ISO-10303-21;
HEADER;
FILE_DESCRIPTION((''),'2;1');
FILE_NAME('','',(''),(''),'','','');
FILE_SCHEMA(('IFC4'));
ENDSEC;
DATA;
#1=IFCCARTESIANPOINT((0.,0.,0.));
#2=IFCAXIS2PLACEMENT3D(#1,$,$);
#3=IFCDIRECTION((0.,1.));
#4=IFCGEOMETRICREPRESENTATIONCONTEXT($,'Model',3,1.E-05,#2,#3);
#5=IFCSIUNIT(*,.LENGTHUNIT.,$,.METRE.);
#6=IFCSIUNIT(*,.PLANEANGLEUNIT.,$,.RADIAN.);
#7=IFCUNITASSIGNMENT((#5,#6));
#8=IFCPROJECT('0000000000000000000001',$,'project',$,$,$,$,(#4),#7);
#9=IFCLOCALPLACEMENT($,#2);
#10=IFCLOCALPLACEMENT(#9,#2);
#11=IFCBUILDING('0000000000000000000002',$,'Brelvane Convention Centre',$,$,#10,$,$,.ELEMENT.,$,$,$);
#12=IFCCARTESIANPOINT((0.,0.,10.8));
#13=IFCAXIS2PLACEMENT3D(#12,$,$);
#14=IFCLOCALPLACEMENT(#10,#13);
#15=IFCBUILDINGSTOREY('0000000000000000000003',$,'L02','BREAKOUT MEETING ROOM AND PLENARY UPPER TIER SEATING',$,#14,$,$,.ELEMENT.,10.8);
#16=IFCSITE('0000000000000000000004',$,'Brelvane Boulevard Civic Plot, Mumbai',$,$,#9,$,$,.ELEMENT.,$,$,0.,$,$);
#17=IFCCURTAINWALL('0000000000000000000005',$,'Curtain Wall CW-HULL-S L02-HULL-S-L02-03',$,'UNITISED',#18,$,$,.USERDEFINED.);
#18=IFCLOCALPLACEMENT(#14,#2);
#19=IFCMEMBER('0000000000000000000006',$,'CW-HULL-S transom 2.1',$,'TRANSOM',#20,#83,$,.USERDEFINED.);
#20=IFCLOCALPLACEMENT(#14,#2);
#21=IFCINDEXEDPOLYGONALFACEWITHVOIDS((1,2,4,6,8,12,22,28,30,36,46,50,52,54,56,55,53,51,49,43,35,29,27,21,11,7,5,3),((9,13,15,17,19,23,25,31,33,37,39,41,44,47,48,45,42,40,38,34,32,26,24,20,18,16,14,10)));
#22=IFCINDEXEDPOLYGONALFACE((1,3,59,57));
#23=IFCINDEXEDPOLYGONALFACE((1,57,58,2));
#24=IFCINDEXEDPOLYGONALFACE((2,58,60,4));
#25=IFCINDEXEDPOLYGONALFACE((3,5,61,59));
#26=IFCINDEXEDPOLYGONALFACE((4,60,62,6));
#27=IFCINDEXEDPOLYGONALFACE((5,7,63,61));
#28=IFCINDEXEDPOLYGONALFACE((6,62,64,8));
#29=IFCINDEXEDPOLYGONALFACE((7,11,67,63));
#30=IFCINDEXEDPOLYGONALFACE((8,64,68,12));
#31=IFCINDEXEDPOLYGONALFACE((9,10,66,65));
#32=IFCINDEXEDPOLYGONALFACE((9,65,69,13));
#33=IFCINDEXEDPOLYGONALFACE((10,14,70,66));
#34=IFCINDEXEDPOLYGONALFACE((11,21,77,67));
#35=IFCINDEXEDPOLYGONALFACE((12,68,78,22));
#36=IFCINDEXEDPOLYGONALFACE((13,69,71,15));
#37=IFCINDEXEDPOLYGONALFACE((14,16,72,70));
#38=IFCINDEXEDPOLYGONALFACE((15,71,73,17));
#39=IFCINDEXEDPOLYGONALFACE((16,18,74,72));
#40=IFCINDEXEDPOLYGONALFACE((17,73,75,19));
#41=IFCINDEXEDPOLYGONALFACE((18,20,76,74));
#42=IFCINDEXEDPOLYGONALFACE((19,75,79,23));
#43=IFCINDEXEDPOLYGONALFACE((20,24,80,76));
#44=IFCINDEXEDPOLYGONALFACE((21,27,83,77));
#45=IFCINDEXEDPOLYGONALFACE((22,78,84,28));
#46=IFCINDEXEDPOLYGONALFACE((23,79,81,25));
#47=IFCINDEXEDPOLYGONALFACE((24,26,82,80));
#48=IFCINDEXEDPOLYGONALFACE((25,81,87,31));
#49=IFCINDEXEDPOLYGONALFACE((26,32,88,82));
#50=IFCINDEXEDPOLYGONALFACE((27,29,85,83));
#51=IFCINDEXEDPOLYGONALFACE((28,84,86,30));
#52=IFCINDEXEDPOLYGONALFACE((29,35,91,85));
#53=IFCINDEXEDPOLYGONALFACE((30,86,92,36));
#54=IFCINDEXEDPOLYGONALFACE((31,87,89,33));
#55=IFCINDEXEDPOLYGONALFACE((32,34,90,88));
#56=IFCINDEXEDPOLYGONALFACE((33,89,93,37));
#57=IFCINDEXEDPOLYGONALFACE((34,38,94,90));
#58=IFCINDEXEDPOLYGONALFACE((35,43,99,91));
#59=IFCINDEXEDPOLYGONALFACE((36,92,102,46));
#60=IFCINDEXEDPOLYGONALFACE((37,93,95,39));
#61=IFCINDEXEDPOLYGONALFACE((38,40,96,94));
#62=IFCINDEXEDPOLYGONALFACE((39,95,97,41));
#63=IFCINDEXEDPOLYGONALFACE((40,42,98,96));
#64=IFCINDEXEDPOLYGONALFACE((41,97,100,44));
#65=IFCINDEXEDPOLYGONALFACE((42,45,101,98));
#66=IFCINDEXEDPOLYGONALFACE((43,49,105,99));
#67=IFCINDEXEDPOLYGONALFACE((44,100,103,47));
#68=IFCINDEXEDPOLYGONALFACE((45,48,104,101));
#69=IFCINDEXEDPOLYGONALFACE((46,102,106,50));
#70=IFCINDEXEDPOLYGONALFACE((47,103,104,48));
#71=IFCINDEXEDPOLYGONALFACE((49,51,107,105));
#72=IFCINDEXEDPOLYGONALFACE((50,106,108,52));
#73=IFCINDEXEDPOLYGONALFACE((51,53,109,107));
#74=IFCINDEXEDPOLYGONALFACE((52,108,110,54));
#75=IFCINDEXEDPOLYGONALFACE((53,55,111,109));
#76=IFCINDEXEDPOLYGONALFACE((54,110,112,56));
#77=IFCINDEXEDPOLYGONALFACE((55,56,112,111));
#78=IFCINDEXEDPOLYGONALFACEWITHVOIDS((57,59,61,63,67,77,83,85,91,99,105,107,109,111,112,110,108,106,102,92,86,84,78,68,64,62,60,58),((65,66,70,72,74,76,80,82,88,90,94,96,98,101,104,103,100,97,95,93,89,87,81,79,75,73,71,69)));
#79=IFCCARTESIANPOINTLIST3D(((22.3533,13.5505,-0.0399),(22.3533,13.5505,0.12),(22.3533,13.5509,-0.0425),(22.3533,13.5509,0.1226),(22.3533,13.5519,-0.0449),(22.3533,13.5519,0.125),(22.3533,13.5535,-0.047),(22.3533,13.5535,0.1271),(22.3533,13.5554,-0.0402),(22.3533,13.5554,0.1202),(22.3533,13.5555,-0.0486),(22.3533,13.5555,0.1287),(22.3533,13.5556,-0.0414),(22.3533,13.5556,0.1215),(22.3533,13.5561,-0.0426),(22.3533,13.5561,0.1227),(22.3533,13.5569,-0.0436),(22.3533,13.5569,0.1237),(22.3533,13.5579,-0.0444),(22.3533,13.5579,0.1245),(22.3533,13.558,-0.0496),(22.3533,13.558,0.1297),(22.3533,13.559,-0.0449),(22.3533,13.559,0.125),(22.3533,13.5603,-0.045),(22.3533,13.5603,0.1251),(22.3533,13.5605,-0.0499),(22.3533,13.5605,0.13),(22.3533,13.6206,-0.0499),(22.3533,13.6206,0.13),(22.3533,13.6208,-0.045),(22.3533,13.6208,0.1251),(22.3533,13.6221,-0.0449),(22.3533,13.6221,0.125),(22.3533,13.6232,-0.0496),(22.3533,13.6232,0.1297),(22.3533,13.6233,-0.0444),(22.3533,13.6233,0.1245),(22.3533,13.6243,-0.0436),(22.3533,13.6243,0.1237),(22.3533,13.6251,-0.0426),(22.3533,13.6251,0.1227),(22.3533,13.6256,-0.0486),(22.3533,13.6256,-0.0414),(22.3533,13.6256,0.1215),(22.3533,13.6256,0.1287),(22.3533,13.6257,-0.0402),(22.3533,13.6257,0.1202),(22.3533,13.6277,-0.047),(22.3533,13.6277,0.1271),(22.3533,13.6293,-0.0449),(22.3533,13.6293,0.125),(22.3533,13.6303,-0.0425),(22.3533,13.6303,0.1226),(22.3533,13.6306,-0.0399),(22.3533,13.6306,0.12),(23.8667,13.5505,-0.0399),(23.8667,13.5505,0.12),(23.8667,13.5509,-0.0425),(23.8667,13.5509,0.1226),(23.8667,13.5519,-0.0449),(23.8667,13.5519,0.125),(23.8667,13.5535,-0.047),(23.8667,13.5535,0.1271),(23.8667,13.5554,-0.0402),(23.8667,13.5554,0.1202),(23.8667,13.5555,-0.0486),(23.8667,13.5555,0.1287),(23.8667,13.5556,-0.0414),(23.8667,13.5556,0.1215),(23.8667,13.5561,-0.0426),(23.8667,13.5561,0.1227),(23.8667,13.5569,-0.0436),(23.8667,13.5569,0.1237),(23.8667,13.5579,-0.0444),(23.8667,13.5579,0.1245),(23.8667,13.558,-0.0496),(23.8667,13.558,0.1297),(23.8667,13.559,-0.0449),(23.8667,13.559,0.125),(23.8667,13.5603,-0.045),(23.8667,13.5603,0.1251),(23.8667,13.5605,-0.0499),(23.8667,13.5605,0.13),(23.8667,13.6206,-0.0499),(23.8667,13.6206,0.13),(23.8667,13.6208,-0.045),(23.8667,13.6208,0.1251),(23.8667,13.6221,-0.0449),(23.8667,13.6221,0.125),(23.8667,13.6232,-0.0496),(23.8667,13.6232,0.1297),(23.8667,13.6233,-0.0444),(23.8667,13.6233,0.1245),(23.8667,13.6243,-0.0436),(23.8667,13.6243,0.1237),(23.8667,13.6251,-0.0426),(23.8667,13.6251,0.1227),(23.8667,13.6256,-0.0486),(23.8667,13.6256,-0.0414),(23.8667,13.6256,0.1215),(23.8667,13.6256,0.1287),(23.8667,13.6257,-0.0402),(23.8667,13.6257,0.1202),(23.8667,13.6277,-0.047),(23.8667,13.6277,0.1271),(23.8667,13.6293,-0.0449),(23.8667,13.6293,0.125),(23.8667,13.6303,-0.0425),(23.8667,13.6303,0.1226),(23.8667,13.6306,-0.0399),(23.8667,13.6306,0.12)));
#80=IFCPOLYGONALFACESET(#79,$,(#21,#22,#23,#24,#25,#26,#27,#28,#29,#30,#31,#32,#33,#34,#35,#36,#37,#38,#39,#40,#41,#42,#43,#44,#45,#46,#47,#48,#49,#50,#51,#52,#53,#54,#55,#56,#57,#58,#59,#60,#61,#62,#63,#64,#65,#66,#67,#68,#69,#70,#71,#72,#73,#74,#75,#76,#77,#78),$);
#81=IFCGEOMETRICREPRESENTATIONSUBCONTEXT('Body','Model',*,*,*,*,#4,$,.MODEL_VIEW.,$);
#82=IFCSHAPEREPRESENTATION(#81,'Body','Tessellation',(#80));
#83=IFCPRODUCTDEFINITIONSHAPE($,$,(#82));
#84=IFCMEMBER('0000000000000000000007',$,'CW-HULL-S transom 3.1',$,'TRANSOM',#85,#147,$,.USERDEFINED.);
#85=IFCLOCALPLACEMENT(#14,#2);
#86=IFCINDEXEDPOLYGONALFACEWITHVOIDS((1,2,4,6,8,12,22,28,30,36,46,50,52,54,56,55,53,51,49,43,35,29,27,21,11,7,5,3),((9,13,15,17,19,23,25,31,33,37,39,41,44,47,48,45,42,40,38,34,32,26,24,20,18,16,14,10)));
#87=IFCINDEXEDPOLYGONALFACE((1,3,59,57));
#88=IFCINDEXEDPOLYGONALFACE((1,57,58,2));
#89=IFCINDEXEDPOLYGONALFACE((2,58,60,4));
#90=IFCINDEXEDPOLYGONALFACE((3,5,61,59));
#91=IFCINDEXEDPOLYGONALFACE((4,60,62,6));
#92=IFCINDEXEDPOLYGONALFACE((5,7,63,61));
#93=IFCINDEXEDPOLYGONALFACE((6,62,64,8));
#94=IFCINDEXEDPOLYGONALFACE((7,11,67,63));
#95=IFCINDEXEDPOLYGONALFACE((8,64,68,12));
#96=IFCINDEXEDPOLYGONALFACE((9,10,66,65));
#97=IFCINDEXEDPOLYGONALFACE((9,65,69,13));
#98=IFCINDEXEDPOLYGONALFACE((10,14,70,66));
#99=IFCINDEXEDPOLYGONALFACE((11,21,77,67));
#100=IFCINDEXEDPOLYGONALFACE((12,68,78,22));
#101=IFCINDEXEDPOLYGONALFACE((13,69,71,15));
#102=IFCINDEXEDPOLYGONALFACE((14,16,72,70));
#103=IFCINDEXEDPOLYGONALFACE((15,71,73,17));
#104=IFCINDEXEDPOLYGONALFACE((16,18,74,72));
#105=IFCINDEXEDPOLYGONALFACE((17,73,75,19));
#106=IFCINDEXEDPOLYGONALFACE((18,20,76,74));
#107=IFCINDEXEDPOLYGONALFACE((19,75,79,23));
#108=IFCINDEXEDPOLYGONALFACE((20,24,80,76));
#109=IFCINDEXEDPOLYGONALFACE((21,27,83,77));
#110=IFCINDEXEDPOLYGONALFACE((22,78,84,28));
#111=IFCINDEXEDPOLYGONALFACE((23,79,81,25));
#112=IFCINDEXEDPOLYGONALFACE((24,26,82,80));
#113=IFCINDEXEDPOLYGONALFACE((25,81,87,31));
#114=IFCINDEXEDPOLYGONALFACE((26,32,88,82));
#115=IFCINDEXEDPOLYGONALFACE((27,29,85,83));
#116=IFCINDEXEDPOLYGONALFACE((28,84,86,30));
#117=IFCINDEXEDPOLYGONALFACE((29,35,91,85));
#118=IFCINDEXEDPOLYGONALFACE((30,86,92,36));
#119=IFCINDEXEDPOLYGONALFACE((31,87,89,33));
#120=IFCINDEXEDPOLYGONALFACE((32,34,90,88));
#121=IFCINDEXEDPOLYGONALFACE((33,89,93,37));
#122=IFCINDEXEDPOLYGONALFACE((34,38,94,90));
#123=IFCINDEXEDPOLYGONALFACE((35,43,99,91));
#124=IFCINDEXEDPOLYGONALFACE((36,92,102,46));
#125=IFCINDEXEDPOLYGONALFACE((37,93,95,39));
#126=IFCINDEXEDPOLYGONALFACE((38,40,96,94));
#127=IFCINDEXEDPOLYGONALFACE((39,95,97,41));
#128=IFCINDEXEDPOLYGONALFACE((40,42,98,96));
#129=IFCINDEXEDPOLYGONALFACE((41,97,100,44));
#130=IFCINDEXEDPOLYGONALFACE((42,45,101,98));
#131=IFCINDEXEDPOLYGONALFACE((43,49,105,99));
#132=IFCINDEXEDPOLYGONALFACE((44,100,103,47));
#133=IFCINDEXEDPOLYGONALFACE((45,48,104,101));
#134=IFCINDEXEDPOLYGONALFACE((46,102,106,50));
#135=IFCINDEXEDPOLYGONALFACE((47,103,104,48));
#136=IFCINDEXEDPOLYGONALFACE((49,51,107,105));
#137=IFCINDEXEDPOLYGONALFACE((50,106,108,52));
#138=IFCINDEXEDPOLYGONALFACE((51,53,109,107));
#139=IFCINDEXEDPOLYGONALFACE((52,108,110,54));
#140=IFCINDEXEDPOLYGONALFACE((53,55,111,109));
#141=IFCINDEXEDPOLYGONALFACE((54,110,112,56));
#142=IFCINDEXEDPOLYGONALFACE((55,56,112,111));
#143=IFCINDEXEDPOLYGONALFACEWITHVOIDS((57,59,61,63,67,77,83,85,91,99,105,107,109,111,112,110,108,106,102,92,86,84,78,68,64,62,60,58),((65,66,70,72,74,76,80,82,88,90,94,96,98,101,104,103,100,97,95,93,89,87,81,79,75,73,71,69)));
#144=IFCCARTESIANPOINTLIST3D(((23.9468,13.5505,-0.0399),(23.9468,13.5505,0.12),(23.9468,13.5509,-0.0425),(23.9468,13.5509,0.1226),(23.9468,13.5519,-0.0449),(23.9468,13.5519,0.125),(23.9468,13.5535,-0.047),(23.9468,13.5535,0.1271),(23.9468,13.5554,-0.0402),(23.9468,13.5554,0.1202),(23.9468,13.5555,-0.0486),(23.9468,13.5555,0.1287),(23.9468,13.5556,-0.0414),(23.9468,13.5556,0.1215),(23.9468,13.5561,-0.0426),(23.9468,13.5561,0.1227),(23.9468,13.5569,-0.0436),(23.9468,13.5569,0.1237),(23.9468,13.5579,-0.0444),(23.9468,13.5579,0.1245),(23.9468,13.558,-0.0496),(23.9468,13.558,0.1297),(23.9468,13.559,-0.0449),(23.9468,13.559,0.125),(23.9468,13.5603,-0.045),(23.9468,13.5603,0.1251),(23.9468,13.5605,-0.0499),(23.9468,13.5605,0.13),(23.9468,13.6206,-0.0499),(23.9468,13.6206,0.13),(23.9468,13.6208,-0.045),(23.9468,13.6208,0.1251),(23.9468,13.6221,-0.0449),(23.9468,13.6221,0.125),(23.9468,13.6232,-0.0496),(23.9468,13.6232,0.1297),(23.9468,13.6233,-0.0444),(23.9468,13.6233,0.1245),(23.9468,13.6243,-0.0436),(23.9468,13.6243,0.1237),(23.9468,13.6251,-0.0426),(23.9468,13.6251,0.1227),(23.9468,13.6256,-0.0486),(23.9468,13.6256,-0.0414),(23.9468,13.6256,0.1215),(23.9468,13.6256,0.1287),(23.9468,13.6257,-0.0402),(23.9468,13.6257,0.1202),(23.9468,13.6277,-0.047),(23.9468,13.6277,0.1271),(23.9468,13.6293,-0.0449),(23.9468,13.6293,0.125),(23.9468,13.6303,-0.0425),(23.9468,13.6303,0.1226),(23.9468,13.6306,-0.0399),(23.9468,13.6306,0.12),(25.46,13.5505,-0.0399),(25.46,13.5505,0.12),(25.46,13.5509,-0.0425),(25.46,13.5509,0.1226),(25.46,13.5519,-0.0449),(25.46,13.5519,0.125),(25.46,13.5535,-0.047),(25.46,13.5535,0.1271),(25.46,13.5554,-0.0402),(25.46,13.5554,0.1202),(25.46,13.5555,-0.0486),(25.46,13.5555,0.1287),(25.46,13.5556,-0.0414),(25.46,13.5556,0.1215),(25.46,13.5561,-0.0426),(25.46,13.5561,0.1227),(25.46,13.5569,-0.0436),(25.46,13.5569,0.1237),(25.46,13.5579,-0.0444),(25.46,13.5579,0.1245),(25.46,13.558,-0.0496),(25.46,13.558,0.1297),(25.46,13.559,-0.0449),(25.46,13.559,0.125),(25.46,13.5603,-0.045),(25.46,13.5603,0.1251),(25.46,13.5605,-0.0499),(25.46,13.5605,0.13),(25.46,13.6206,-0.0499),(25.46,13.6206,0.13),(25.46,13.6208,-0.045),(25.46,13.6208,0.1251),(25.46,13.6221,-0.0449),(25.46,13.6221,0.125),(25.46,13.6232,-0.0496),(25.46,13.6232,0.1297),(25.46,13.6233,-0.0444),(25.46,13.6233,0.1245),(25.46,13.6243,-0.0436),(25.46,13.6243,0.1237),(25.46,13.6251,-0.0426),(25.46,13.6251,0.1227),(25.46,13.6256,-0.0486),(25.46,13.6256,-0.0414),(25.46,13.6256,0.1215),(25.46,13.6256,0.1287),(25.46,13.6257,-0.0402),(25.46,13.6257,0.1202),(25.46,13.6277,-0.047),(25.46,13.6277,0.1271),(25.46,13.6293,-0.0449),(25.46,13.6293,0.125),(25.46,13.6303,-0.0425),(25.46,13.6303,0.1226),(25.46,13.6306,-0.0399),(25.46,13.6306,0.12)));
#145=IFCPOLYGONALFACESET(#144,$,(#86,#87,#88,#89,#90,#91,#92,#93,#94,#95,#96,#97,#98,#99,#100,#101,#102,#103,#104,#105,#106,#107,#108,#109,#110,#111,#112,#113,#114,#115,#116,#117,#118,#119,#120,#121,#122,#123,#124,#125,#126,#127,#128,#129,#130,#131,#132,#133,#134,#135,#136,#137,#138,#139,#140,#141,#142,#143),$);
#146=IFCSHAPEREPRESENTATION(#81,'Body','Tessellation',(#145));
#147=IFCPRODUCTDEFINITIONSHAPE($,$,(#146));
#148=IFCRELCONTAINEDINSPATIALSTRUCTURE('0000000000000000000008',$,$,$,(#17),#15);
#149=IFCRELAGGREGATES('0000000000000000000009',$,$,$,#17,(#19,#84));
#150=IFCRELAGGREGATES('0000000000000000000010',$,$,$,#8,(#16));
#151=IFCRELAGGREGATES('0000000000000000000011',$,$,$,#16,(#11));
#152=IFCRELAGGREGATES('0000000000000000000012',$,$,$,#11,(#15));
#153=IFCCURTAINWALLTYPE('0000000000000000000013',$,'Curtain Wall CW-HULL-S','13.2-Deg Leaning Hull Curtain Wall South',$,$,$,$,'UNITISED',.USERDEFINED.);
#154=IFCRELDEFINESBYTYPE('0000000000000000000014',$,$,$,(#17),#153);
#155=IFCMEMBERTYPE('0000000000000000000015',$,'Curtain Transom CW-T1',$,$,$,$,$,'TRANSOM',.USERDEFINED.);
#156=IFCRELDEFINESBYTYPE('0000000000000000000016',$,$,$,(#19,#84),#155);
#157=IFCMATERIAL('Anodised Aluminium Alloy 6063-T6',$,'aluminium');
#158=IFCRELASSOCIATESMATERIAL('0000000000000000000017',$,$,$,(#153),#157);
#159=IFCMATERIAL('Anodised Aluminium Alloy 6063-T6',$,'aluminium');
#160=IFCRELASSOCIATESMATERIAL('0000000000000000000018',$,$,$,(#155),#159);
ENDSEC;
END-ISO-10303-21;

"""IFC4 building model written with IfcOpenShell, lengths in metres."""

from ifc_helpers import new_model, si_unit, direction, frame, origin, origin_2d, place, context, subcontext, project, spatial, hollow_rectangle, extrude, material, material_profile, profile_set, type_object, element, aggregate, save


model = new_model("IFC4")

# Units and contexts
model_context = context("Model", 3, precision=1e-05, world=origin(), true_north=direction((0.0, 1.0)))
body_context = subcontext(model_context, "Body", "Model", "MODEL_VIEW")
ifc_project = project(units=[si_unit("LENGTHUNIT", "METRE"), si_unit("PLANEANGLEUNIT", "RADIAN")], contexts=[model_context])

# Site, building, storey
site_placement = place(None, origin())
site = spatial("IfcSite", under=ifc_project, at=site_placement, Name="Brelvane Boulevard Civic Plot, Mumbai", CompositionType="ELEMENT", RefElevation=0.0)
building_placement = place(site_placement, origin())
building = spatial("IfcBuilding", under=site, at=building_placement, Name="Brelvane Convention Centre", CompositionType="ELEMENT")
storey_placement = place(building_placement, frame((0.0, 0.0, 10.8)))
storey = spatial("IfcBuildingStorey", under=building, at=storey_placement, Name="L02", Description="BREAKOUT MEETING ROOM AND PLENARY UPPER TIER SEATING", CompositionType="ELEMENT", Elevation=10.8)

# Shared definitions
ifc_material_1 = material(Name="Anodised Aluminium Alloy 6063-T6", Category="aluminium")
curtain_wall_type = type_object("IfcCurtainWallType", Name="Curtain Wall CW-HULL-S", Description="13.2-Deg Leaning Hull Curtain Wall South", ElementType="UNITISED", PredefinedType="USERDEFINED", material=ifc_material_1)

# Curtain wall
curtain_wall_1_placement = place(storey_placement, origin())
curtain_wall_1 = element("IfcCurtainWall", 1, at=curtain_wall_1_placement, inside=storey, type_object=curtain_wall_type, Name="Curtain Wall CW-HULL-S L02-HULL-S-L02-03", ObjectType="UNITISED", PredefinedType="USERDEFINED")

# Members
ifc_material_2 = material(Name="Anodised Aluminium Alloy 6063-T6", Category="aluminium")
ifc_material_profile_1 = material_profile(ifc_material_2, hollow_rectangle(XDim=0.0801, YDim=0.1799, WallThickness=0.0049, InnerFilletRadius=0.0049, OuterFilletRadius=0.01, at=origin_2d()), Name="ALU-T 180x80x5.0")
ifc_profile_set_1 = profile_set([ifc_material_profile_1], Name="Anodised Aluminium Alloy 6063-T6")
member_type_1 = type_object("IfcMemberType", Name="Curtain Transom CW-T1", ElementType="TRANSOM", PredefinedType="USERDEFINED", material=ifc_profile_set_1)
member_1_placement = place(storey_placement, frame((22.3533, 13.5906, 0.04), z_axis=(1.0, 0.0, 0.0), x_axis=(0.0, 1.0, 0.0)))
member_1 = element("IfcMember", 2, at=member_1_placement, type_object=member_type_1, Name="CW-HULL-S transom 2.1", ObjectType="TRANSOM", PredefinedType="USERDEFINED", context=body_context, shape_type="SweptSolid", body=[
    extrude(hollow_rectangle(XDim=0.0801, YDim=0.1799, WallThickness=0.0049, InnerFilletRadius=0.0049, OuterFilletRadius=0.01, at=origin_2d()), origin(), (0.0, 0.0, 1.0), 1.5134),
])
member_2_placement = place(storey_placement, frame((23.9468, 13.5906, 0.04), z_axis=(1.0, 0.0, 0.0), x_axis=(0.0, 1.0, 0.0)))
member_2 = element("IfcMember", 3, at=member_2_placement, type_object=member_type_1, Name="CW-HULL-S transom 3.1", ObjectType="TRANSOM", PredefinedType="USERDEFINED", context=body_context, shape_type="SweptSolid", body=[
    extrude(hollow_rectangle(XDim=0.0801, YDim=0.1799, WallThickness=0.0049, InnerFilletRadius=0.0049, OuterFilletRadius=0.01, at=origin_2d()), origin(), (0.0, 0.0, 1.0), 1.5132),
])

aggregate(curtain_wall_1, [member_1, member_2])

save(model, "model.ifc")
